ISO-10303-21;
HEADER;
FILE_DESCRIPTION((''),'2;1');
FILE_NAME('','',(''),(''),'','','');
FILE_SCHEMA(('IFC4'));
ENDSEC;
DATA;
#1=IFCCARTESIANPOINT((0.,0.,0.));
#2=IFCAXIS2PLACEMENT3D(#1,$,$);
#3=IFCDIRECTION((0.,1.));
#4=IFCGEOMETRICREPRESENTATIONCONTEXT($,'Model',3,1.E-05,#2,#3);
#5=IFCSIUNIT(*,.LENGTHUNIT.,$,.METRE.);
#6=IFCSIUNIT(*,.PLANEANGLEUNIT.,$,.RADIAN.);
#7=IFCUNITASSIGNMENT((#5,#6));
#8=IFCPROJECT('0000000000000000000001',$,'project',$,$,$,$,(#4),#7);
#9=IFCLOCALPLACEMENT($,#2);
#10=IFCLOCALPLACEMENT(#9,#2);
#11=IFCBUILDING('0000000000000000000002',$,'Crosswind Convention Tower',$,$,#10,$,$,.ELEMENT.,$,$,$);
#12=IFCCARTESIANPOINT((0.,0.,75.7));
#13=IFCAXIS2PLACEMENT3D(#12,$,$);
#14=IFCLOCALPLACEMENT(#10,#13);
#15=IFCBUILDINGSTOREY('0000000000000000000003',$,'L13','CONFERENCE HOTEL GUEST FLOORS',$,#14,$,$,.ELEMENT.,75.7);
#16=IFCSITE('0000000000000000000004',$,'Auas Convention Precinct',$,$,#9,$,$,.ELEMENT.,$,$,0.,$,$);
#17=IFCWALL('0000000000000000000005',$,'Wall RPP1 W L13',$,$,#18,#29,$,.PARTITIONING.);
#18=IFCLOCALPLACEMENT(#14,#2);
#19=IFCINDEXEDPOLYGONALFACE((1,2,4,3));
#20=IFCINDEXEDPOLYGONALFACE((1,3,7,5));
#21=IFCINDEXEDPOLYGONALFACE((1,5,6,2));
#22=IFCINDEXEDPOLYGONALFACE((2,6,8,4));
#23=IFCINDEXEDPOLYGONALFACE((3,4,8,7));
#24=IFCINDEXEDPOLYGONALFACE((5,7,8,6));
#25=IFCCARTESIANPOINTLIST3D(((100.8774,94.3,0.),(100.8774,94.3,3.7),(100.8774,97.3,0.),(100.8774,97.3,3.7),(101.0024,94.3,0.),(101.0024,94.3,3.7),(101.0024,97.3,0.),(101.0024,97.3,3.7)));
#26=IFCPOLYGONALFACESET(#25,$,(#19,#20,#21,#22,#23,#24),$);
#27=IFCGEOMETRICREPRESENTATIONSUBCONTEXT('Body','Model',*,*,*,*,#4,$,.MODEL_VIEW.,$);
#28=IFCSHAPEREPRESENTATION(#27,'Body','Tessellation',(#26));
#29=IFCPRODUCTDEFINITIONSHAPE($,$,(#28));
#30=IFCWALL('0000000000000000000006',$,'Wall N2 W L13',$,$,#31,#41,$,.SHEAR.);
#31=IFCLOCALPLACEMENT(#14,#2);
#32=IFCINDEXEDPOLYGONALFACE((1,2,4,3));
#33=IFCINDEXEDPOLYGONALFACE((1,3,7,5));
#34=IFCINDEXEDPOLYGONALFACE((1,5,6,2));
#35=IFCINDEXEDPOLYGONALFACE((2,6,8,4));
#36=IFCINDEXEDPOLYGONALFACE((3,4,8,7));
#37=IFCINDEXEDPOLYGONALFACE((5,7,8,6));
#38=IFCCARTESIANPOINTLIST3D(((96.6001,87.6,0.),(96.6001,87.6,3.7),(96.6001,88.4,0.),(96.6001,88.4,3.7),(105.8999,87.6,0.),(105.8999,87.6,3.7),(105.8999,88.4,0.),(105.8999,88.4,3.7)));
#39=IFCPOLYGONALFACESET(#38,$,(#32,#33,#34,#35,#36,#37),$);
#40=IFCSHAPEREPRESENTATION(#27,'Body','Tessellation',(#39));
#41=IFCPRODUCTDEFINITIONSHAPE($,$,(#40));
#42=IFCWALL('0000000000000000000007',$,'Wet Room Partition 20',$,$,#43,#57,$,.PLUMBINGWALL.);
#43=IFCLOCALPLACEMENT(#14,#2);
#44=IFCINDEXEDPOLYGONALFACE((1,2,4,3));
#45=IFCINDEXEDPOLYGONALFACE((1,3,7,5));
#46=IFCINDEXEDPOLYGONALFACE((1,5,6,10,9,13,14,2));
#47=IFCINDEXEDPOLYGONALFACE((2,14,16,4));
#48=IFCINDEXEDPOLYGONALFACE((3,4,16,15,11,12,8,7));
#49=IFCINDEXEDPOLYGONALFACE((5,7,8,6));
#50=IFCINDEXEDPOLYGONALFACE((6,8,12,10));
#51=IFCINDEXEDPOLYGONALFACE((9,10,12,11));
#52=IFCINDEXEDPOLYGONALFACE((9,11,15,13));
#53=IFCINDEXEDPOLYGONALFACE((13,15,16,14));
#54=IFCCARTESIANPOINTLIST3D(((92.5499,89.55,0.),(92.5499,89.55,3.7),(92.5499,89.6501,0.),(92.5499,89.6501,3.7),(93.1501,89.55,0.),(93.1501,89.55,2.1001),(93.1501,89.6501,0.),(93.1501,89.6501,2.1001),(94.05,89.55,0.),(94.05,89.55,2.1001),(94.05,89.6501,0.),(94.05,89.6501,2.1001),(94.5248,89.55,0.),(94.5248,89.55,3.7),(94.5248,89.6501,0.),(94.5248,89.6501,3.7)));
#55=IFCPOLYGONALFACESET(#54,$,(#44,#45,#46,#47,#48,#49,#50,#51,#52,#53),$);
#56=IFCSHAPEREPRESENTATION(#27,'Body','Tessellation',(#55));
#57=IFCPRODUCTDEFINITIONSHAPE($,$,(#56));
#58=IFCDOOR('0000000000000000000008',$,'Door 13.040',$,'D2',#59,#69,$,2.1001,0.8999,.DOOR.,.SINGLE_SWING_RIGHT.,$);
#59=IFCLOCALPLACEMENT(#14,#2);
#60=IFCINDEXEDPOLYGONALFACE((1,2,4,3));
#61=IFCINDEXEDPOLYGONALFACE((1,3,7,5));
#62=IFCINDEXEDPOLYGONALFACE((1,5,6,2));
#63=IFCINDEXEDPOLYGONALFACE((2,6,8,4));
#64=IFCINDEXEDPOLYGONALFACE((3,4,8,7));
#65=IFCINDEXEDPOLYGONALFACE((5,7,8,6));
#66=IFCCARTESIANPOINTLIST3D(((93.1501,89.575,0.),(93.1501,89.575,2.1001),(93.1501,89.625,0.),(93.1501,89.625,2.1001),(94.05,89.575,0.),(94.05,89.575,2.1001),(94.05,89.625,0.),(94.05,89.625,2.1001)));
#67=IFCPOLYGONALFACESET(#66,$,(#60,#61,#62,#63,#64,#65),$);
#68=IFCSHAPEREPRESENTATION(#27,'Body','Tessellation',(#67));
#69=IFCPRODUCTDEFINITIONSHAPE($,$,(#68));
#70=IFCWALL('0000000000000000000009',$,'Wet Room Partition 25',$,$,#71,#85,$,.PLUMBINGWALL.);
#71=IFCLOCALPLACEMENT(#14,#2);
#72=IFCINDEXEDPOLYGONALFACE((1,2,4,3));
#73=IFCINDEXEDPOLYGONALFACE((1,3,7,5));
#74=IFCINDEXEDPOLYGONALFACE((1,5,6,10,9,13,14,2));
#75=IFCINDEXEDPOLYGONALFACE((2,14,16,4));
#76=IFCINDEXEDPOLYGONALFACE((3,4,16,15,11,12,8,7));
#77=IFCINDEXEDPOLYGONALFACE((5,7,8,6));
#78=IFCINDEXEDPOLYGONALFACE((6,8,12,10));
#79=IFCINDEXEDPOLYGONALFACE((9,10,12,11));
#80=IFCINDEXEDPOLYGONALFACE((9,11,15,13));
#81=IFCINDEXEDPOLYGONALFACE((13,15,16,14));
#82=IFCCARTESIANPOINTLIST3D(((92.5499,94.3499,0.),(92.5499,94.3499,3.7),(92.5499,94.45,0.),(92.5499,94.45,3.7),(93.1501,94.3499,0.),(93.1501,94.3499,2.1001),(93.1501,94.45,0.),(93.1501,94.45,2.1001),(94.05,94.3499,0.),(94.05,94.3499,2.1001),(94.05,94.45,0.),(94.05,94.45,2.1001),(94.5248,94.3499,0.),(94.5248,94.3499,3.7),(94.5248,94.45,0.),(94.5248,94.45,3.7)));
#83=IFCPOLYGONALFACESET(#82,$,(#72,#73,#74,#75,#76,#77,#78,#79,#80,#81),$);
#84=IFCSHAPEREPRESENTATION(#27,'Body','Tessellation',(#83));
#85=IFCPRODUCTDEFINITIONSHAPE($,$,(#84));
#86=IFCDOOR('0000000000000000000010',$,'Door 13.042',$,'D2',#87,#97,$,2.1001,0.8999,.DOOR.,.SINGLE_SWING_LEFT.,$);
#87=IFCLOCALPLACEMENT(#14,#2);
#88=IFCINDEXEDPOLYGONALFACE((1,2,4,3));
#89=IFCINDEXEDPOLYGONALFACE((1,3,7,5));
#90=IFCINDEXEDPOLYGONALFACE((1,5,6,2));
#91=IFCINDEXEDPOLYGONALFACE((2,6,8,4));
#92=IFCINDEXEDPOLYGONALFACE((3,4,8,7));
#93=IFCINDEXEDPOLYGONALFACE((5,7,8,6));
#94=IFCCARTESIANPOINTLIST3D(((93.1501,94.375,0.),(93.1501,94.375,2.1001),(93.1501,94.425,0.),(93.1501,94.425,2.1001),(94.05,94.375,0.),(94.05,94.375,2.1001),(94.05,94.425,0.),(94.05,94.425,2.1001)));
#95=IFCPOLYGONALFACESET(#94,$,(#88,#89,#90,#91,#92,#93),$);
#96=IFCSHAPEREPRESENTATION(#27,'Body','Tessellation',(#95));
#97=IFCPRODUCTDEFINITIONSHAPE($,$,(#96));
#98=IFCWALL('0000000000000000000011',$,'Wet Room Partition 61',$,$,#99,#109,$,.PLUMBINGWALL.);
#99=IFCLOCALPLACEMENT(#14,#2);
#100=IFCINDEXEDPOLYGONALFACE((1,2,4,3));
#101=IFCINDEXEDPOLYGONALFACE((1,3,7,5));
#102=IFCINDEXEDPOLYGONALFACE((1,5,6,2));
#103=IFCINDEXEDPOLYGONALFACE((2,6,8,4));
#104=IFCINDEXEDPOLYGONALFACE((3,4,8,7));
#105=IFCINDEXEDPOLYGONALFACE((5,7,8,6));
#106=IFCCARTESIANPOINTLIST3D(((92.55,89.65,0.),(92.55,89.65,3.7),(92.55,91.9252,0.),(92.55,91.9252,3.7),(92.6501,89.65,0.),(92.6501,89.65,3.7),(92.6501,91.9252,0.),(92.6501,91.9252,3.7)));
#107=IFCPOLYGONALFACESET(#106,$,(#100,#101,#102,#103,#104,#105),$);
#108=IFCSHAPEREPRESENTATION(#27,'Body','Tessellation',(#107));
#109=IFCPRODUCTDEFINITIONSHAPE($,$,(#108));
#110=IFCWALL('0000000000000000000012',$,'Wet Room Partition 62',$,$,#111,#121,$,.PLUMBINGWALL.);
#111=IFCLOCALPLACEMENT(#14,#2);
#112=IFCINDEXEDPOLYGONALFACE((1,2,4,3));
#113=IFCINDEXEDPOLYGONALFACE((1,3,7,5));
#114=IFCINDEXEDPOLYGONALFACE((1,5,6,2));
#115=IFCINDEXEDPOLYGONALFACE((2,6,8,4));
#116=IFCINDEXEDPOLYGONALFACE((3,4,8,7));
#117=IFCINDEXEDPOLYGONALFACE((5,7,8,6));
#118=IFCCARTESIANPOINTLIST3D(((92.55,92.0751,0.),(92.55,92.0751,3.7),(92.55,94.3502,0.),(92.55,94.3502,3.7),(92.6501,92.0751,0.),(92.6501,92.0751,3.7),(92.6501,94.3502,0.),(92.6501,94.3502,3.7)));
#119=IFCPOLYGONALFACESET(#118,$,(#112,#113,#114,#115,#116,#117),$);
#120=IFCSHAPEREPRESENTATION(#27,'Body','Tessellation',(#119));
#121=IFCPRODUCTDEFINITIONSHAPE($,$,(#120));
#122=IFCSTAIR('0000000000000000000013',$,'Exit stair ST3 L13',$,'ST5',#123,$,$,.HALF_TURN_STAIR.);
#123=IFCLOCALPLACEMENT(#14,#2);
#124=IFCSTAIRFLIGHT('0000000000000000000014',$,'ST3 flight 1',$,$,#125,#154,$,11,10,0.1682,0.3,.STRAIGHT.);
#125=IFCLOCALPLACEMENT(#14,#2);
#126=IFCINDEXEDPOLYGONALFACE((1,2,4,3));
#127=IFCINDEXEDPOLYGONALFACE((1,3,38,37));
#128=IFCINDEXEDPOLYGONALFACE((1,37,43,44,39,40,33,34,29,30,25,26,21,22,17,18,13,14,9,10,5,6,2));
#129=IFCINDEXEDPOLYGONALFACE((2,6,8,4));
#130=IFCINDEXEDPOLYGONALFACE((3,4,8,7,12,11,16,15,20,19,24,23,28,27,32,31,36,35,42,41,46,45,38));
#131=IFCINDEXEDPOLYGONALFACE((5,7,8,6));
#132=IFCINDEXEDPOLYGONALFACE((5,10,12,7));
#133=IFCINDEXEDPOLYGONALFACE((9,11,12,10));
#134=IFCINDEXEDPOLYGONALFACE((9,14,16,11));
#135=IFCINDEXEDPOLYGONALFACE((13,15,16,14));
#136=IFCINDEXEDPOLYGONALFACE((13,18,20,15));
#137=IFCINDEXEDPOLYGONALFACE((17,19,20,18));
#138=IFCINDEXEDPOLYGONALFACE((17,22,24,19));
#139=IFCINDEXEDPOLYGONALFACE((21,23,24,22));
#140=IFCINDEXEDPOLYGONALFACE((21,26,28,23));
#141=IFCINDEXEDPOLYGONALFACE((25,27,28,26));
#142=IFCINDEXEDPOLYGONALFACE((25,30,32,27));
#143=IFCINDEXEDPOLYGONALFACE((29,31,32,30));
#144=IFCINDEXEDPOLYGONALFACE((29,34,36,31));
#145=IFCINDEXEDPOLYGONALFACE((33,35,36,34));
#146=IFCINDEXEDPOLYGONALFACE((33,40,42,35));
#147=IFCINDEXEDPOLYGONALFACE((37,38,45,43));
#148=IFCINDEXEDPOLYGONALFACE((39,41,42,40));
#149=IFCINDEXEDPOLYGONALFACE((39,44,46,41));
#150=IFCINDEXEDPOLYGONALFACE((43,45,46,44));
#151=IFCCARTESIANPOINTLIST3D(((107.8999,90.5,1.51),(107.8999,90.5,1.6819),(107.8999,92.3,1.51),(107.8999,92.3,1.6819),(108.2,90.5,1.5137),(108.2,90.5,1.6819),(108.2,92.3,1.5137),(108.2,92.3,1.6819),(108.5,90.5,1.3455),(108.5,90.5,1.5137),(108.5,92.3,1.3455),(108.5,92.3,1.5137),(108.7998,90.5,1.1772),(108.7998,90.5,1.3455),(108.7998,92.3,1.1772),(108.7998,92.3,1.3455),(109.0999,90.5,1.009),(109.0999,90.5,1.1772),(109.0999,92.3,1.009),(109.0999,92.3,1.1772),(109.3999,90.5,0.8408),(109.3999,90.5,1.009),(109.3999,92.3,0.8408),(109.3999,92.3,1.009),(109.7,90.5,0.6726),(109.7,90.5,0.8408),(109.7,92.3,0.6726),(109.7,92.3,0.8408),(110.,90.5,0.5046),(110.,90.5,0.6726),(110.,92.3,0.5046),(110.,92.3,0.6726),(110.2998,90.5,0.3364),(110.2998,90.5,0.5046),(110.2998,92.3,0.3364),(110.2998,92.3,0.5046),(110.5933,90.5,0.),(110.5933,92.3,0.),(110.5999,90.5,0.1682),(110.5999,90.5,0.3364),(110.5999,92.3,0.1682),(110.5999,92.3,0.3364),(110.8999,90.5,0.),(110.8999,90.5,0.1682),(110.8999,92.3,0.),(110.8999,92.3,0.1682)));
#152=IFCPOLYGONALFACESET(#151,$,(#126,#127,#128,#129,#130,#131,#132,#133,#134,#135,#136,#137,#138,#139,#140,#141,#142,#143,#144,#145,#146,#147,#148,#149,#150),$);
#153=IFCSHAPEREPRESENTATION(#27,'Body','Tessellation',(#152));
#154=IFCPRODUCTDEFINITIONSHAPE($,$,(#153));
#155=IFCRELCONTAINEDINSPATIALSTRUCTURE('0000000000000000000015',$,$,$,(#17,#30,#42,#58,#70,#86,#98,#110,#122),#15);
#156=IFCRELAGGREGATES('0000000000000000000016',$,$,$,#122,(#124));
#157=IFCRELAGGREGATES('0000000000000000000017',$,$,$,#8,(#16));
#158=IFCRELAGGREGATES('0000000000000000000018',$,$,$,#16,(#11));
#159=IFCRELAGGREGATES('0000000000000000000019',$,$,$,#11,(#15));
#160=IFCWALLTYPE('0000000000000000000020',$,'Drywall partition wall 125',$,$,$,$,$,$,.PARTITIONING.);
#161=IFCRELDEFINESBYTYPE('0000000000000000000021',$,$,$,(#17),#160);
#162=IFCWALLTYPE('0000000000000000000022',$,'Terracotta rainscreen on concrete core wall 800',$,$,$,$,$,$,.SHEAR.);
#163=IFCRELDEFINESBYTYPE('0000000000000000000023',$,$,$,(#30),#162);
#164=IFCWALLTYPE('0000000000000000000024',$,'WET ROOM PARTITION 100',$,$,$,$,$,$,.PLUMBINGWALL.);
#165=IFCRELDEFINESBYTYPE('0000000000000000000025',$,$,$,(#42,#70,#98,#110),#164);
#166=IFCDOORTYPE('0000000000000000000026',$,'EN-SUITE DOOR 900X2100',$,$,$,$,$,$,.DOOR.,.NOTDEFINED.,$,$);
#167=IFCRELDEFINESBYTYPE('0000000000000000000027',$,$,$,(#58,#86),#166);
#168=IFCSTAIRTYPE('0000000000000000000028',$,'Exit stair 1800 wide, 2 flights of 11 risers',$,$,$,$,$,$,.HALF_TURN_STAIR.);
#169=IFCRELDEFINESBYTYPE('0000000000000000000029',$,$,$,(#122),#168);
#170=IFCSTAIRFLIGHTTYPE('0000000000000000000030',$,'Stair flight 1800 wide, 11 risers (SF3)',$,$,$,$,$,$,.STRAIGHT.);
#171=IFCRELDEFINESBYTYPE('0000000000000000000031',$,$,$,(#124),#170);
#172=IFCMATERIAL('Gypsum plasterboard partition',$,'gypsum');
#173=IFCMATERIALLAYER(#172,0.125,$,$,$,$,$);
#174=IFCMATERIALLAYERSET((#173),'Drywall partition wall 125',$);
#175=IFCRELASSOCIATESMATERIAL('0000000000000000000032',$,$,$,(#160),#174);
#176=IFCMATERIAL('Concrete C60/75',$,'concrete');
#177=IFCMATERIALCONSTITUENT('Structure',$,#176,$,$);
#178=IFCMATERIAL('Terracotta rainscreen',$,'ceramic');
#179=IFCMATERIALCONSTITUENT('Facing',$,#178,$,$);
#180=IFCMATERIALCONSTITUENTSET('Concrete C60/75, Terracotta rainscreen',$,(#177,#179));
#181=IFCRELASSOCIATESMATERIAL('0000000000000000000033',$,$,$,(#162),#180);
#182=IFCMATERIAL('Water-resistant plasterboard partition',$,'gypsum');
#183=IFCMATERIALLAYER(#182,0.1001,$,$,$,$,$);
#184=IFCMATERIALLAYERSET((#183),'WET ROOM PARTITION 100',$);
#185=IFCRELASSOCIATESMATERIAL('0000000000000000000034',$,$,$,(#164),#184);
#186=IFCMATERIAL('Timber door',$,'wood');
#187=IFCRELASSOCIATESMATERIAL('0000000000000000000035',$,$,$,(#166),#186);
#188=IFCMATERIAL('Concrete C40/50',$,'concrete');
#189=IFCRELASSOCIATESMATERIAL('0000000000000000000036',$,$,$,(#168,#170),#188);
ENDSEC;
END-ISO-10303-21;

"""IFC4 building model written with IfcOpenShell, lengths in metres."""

from ifc_helpers import new_model, si_unit, direction, frame, frame_2d, origin, place, context, subcontext, project, spatial, polyline, rectangle, outline, extrude, material, layer, layer_set, constituent, constituent_set, type_object, element, fill, aggregate, save


model = new_model("IFC4")

# Units and contexts
model_context = context("Model", 3, precision=1e-05, world=origin(), true_north=direction((0.0, 1.0)))
body_context = subcontext(model_context, "Body", "Model", "MODEL_VIEW")
ifc_project = project(units=[si_unit("LENGTHUNIT", "METRE"), si_unit("PLANEANGLEUNIT", "RADIAN")], contexts=[model_context])

# Site, building, storey
site_placement = place(None, origin())
site = spatial("IfcSite", under=ifc_project, at=site_placement, Name="Auas Convention Precinct", CompositionType="ELEMENT", RefElevation=0.0)
building_placement = place(site_placement, origin())
building = spatial("IfcBuilding", under=site, at=building_placement, Name="Crosswind Convention Tower", CompositionType="ELEMENT")
storey_placement = place(building_placement, frame((0.0, 0.0, 75.7)))
storey = spatial("IfcBuildingStorey", under=building, at=storey_placement, Name="L13", Description="CONFERENCE HOTEL GUEST FLOORS", CompositionType="ELEMENT", Elevation=75.7)

# Shared definitions
ifc_material_1 = material(Name="Timber door", Category="wood")

# Wall
ifc_material_2 = material(Name="Gypsum plasterboard partition", Category="gypsum")
ifc_layer_1 = layer(ifc_material_2, 0.125)
ifc_layer_set_1 = layer_set([ifc_layer_1], Name="Drywall partition wall 125")
wall_type_1 = type_object("IfcWallType", Name="Drywall partition wall 125", PredefinedType="PARTITIONING", material=ifc_layer_set_1)
wall_1_placement = place(storey_placement, frame((100.9399, 97.3, 0.0), z_axis=(0.0, 0.0, 1.0), x_axis=(0.0, -1.0, 0.0)))
element("IfcWall", 1, at=wall_1_placement, inside=storey, type_object=wall_type_1, Name="Wall RPP1 W L13", PredefinedType="PARTITIONING", context=body_context, shape_type="SweptSolid", body=[
    extrude(rectangle(XDim=3.0, YDim=0.125, at=frame_2d((1.5, 0.0))), origin(), (0.0, 0.0, 1.0), 3.7),
])

# Shared definitions
ifc_material_3 = material(Name="Terracotta rainscreen", Category="ceramic")

# Wall
ifc_material_4 = material(Name="Concrete C60/75", Category="concrete")
ifc_constituent_1 = constituent(ifc_material_4, Name="Structure")
ifc_constituent_2 = constituent(ifc_material_3, Name="Facing")
ifc_constituent_set = constituent_set(constituents=[ifc_constituent_1, ifc_constituent_2], Name="Concrete C60/75, Terracotta rainscreen")
wall_type_2 = type_object("IfcWallType", Name="Terracotta rainscreen on concrete core wall 800", PredefinedType="SHEAR", material=ifc_constituent_set)
wall_2_placement = place(storey_placement, frame((105.8999, 88.0, 0.0), z_axis=(0.0, 0.0, 1.0), x_axis=(-1.0, 0.0, 0.0)))
element("IfcWall", 2, at=wall_2_placement, inside=storey, type_object=wall_type_2, Name="Wall N2 W L13", PredefinedType="SHEAR", context=body_context, shape_type="SweptSolid", body=[
    extrude(rectangle(XDim=9.2998, YDim=0.8, at=frame_2d((4.6499, 0.0))), origin(), (0.0, 0.0, 1.0), 3.7),
])

# Walls, openings, doors
ifc_material_5 = material(Name="Water-resistant plasterboard partition", Category="gypsum")
ifc_layer_2 = layer(ifc_material_5, 0.1001)
ifc_layer_set_2 = layer_set([ifc_layer_2], Name="WET ROOM PARTITION 100")
wall_type_3 = type_object("IfcWallType", Name="WET ROOM PARTITION 100", PredefinedType="PLUMBINGWALL", material=ifc_layer_set_2)
wall_3_placement = place(storey_placement, frame((92.55, 89.6001, 0.0), z_axis=(0.0, 0.0, 1.0), x_axis=(1.0, 0.0, 0.0)))
wall_3 = element("IfcWall", 3, at=wall_3_placement, inside=storey, type_object=wall_type_3, Name="Wet Room Partition 20", PredefinedType="PLUMBINGWALL", context=body_context, shape_type="SweptSolid", body=[
    extrude(rectangle(XDim=1.9749, YDim=0.1001, at=frame_2d((0.9873, 0.0))), origin(), (0.0, 0.0, 1.0), 3.7),
])
opening_1_placement = place(wall_3_placement, frame((0.6001, 0.0, 0.0)))
opening_1 = element("IfcOpeningElement", 4, at=opening_1_placement, cuts=wall_3, PredefinedType="OPENING", context=body_context, shape_type="SweptSolid", body=[
    extrude(rectangle(XDim=0.8999, YDim=2.1001, at=frame_2d((0.45, 1.05))), frame((0.0, 0.0601, 0.0), z_axis=(0.0, -1.0, 0.0), x_axis=(1.0, 0.0, 0.0)), (0.0, 0.0, 1.0), 0.1201),
])
door_type_1 = type_object("IfcDoorType", Name="EN-SUITE DOOR 900X2100", OperationType="NOTDEFINED", PredefinedType="DOOR", material=ifc_material_1)
door_1_placement = place(opening_1_placement, origin())
door_1 = element("IfcDoor", 5, at=door_1_placement, inside=storey, type_object=door_type_1, Name="Door 13.040", ObjectType="D2", OperationType="SINGLE_SWING_RIGHT", OverallHeight=2.1001, OverallWidth=0.8999, PredefinedType="DOOR", context=body_context, shape_type="SweptSolid", body=[
    extrude(rectangle(XDim=0.8999, YDim=2.1001, at=frame_2d((0.45, 1.05))), frame((0.0, 0.0249, 0.0), z_axis=(0.0, -1.0, 0.0), x_axis=(1.0, 0.0, 0.0)), (0.0, 0.0, 1.0), 0.05),
])
fill(opening_1, door_1)
wall_4_placement = place(storey_placement, frame((92.55, 94.3999, 0.0), z_axis=(0.0, 0.0, 1.0), x_axis=(1.0, 0.0, 0.0)))
wall_4 = element("IfcWall", 6, at=wall_4_placement, inside=storey, type_object=wall_type_3, Name="Wet Room Partition 25", PredefinedType="PLUMBINGWALL", context=body_context, shape_type="SweptSolid", body=[
    extrude(rectangle(XDim=1.9749, YDim=0.1001, at=frame_2d((0.9873, 0.0))), origin(), (0.0, 0.0, 1.0), 3.7),
])
opening_2_placement = place(wall_4_placement, frame((0.6001, 0.0, 0.0)))
opening_2 = element("IfcOpeningElement", 7, at=opening_2_placement, cuts=wall_4, PredefinedType="OPENING", context=body_context, shape_type="SweptSolid", body=[
    extrude(rectangle(XDim=0.8999, YDim=2.1001, at=frame_2d((0.45, 1.05))), frame((0.0, 0.0601, 0.0), z_axis=(0.0, -1.0, 0.0), x_axis=(1.0, 0.0, 0.0)), (0.0, 0.0, 1.0), 0.1201),
])
door_2_placement = place(opening_2_placement, frame((0.8999, 0.0, 0.0), z_axis=(0.0, 0.0, 1.0), x_axis=(-1.0, 0.0, 0.0)))
door_2 = element("IfcDoor", 8, at=door_2_placement, inside=storey, type_object=door_type_1, Name="Door 13.042", ObjectType="D2", OperationType="SINGLE_SWING_LEFT", OverallHeight=2.1001, OverallWidth=0.8999, PredefinedType="DOOR", context=body_context, shape_type="SweptSolid", body=[
    extrude(rectangle(XDim=0.8999, YDim=2.1001, at=frame_2d((0.45, 1.05))), frame((0.0, 0.0249, 0.0), z_axis=(0.0, -1.0, 0.0), x_axis=(1.0, 0.0, 0.0)), (0.0, 0.0, 1.0), 0.05),
])
fill(opening_2, door_2)

# Walls
for number, where, z_axis, x_axis, name in (
    (9, (92.6001, 89.6499, 0.0), (0.0, 0.0, 1.0), (0.0, 1.0, 0.0), "Wet Room Partition 61"),
    (10, (92.6001, 92.075, 0.0), (0.0, 0.0, 1.0), (0.0, 1.0, 0.0), "Wet Room Partition 62"),
):
    element("IfcWall", number, at=place(storey_placement, frame(where, z_axis=z_axis, x_axis=x_axis)), inside=storey, type_object=wall_type_3, Name=name, PredefinedType="PLUMBINGWALL", context=body_context, shape_type="SweptSolid", body=[
        extrude(rectangle(XDim=2.2751, YDim=0.1001, at=frame_2d((1.1377, 0.0))), origin(), (0.0, 0.0, 1.0), 3.7),
    ])

# Stair, stair flight
ifc_material_6 = material(Name="Concrete C40/50", Category="concrete")
stair_type = type_object("IfcStairType", Name="Exit stair 1800 wide, 2 flights of 11 risers", PredefinedType="HALF_TURN_STAIR", material=ifc_material_6)
stair_placement = place(storey_placement, origin())
stair = element("IfcStair", 11, at=stair_placement, inside=storey, type_object=stair_type, Name="Exit stair ST3 L13", ObjectType="ST5", PredefinedType="HALF_TURN_STAIR")
stair_flight_type = type_object("IfcStairFlightType", Name="Stair flight 1800 wide, 11 risers (SF3)", PredefinedType="STRAIGHT", material=ifc_material_6)
stair_flight_1_placement = place(storey_placement, frame((110.8999, 91.3999, 0.0), z_axis=(0.0, 0.0, 1.0), x_axis=(-1.0, 0.0, 0.0)))
stair_flight_1 = element("IfcStairFlight", 12, at=stair_flight_1_placement, type_object=stair_flight_type, Name="ST3 flight 1", NumberOfRisers=11, NumberOfTreads=10, PredefinedType="STRAIGHT", RiserHeight=0.1682, TreadLength=0.3, context=body_context, shape_type="SweptSolid", body=[
    extrude(outline(polyline([(0.0, 0.0), (0.0, 0.1682), (0.3, 0.1682), (0.3, 0.3364), (0.6001, 0.3364), (0.6001, 0.5046), (0.8999, 0.5046), (0.8999, 0.6726), (1.2, 0.6726), (1.2, 0.8408), (1.5, 0.8408), (1.5, 1.009), (1.8, 1.009), (1.8, 1.1772), (2.1001, 1.1772), (2.1001, 1.3455), (2.3999, 1.3455), (2.3999, 1.5137), (2.7, 1.5137), (2.7, 1.6819), (3.0, 1.6819), (3.0, 1.8501), (3.0, 1.51), (0.3066, 0.0), (0.0, 0.0)])), frame((0.0, 0.8999, 0.0), z_axis=(0.0, -1.0, 0.0), x_axis=(1.0, 0.0, 0.0)), (0.0, 0.0, 1.0), 1.8),
])
aggregate(stair, [stair_flight_1])

save(model, "model.ifc")
